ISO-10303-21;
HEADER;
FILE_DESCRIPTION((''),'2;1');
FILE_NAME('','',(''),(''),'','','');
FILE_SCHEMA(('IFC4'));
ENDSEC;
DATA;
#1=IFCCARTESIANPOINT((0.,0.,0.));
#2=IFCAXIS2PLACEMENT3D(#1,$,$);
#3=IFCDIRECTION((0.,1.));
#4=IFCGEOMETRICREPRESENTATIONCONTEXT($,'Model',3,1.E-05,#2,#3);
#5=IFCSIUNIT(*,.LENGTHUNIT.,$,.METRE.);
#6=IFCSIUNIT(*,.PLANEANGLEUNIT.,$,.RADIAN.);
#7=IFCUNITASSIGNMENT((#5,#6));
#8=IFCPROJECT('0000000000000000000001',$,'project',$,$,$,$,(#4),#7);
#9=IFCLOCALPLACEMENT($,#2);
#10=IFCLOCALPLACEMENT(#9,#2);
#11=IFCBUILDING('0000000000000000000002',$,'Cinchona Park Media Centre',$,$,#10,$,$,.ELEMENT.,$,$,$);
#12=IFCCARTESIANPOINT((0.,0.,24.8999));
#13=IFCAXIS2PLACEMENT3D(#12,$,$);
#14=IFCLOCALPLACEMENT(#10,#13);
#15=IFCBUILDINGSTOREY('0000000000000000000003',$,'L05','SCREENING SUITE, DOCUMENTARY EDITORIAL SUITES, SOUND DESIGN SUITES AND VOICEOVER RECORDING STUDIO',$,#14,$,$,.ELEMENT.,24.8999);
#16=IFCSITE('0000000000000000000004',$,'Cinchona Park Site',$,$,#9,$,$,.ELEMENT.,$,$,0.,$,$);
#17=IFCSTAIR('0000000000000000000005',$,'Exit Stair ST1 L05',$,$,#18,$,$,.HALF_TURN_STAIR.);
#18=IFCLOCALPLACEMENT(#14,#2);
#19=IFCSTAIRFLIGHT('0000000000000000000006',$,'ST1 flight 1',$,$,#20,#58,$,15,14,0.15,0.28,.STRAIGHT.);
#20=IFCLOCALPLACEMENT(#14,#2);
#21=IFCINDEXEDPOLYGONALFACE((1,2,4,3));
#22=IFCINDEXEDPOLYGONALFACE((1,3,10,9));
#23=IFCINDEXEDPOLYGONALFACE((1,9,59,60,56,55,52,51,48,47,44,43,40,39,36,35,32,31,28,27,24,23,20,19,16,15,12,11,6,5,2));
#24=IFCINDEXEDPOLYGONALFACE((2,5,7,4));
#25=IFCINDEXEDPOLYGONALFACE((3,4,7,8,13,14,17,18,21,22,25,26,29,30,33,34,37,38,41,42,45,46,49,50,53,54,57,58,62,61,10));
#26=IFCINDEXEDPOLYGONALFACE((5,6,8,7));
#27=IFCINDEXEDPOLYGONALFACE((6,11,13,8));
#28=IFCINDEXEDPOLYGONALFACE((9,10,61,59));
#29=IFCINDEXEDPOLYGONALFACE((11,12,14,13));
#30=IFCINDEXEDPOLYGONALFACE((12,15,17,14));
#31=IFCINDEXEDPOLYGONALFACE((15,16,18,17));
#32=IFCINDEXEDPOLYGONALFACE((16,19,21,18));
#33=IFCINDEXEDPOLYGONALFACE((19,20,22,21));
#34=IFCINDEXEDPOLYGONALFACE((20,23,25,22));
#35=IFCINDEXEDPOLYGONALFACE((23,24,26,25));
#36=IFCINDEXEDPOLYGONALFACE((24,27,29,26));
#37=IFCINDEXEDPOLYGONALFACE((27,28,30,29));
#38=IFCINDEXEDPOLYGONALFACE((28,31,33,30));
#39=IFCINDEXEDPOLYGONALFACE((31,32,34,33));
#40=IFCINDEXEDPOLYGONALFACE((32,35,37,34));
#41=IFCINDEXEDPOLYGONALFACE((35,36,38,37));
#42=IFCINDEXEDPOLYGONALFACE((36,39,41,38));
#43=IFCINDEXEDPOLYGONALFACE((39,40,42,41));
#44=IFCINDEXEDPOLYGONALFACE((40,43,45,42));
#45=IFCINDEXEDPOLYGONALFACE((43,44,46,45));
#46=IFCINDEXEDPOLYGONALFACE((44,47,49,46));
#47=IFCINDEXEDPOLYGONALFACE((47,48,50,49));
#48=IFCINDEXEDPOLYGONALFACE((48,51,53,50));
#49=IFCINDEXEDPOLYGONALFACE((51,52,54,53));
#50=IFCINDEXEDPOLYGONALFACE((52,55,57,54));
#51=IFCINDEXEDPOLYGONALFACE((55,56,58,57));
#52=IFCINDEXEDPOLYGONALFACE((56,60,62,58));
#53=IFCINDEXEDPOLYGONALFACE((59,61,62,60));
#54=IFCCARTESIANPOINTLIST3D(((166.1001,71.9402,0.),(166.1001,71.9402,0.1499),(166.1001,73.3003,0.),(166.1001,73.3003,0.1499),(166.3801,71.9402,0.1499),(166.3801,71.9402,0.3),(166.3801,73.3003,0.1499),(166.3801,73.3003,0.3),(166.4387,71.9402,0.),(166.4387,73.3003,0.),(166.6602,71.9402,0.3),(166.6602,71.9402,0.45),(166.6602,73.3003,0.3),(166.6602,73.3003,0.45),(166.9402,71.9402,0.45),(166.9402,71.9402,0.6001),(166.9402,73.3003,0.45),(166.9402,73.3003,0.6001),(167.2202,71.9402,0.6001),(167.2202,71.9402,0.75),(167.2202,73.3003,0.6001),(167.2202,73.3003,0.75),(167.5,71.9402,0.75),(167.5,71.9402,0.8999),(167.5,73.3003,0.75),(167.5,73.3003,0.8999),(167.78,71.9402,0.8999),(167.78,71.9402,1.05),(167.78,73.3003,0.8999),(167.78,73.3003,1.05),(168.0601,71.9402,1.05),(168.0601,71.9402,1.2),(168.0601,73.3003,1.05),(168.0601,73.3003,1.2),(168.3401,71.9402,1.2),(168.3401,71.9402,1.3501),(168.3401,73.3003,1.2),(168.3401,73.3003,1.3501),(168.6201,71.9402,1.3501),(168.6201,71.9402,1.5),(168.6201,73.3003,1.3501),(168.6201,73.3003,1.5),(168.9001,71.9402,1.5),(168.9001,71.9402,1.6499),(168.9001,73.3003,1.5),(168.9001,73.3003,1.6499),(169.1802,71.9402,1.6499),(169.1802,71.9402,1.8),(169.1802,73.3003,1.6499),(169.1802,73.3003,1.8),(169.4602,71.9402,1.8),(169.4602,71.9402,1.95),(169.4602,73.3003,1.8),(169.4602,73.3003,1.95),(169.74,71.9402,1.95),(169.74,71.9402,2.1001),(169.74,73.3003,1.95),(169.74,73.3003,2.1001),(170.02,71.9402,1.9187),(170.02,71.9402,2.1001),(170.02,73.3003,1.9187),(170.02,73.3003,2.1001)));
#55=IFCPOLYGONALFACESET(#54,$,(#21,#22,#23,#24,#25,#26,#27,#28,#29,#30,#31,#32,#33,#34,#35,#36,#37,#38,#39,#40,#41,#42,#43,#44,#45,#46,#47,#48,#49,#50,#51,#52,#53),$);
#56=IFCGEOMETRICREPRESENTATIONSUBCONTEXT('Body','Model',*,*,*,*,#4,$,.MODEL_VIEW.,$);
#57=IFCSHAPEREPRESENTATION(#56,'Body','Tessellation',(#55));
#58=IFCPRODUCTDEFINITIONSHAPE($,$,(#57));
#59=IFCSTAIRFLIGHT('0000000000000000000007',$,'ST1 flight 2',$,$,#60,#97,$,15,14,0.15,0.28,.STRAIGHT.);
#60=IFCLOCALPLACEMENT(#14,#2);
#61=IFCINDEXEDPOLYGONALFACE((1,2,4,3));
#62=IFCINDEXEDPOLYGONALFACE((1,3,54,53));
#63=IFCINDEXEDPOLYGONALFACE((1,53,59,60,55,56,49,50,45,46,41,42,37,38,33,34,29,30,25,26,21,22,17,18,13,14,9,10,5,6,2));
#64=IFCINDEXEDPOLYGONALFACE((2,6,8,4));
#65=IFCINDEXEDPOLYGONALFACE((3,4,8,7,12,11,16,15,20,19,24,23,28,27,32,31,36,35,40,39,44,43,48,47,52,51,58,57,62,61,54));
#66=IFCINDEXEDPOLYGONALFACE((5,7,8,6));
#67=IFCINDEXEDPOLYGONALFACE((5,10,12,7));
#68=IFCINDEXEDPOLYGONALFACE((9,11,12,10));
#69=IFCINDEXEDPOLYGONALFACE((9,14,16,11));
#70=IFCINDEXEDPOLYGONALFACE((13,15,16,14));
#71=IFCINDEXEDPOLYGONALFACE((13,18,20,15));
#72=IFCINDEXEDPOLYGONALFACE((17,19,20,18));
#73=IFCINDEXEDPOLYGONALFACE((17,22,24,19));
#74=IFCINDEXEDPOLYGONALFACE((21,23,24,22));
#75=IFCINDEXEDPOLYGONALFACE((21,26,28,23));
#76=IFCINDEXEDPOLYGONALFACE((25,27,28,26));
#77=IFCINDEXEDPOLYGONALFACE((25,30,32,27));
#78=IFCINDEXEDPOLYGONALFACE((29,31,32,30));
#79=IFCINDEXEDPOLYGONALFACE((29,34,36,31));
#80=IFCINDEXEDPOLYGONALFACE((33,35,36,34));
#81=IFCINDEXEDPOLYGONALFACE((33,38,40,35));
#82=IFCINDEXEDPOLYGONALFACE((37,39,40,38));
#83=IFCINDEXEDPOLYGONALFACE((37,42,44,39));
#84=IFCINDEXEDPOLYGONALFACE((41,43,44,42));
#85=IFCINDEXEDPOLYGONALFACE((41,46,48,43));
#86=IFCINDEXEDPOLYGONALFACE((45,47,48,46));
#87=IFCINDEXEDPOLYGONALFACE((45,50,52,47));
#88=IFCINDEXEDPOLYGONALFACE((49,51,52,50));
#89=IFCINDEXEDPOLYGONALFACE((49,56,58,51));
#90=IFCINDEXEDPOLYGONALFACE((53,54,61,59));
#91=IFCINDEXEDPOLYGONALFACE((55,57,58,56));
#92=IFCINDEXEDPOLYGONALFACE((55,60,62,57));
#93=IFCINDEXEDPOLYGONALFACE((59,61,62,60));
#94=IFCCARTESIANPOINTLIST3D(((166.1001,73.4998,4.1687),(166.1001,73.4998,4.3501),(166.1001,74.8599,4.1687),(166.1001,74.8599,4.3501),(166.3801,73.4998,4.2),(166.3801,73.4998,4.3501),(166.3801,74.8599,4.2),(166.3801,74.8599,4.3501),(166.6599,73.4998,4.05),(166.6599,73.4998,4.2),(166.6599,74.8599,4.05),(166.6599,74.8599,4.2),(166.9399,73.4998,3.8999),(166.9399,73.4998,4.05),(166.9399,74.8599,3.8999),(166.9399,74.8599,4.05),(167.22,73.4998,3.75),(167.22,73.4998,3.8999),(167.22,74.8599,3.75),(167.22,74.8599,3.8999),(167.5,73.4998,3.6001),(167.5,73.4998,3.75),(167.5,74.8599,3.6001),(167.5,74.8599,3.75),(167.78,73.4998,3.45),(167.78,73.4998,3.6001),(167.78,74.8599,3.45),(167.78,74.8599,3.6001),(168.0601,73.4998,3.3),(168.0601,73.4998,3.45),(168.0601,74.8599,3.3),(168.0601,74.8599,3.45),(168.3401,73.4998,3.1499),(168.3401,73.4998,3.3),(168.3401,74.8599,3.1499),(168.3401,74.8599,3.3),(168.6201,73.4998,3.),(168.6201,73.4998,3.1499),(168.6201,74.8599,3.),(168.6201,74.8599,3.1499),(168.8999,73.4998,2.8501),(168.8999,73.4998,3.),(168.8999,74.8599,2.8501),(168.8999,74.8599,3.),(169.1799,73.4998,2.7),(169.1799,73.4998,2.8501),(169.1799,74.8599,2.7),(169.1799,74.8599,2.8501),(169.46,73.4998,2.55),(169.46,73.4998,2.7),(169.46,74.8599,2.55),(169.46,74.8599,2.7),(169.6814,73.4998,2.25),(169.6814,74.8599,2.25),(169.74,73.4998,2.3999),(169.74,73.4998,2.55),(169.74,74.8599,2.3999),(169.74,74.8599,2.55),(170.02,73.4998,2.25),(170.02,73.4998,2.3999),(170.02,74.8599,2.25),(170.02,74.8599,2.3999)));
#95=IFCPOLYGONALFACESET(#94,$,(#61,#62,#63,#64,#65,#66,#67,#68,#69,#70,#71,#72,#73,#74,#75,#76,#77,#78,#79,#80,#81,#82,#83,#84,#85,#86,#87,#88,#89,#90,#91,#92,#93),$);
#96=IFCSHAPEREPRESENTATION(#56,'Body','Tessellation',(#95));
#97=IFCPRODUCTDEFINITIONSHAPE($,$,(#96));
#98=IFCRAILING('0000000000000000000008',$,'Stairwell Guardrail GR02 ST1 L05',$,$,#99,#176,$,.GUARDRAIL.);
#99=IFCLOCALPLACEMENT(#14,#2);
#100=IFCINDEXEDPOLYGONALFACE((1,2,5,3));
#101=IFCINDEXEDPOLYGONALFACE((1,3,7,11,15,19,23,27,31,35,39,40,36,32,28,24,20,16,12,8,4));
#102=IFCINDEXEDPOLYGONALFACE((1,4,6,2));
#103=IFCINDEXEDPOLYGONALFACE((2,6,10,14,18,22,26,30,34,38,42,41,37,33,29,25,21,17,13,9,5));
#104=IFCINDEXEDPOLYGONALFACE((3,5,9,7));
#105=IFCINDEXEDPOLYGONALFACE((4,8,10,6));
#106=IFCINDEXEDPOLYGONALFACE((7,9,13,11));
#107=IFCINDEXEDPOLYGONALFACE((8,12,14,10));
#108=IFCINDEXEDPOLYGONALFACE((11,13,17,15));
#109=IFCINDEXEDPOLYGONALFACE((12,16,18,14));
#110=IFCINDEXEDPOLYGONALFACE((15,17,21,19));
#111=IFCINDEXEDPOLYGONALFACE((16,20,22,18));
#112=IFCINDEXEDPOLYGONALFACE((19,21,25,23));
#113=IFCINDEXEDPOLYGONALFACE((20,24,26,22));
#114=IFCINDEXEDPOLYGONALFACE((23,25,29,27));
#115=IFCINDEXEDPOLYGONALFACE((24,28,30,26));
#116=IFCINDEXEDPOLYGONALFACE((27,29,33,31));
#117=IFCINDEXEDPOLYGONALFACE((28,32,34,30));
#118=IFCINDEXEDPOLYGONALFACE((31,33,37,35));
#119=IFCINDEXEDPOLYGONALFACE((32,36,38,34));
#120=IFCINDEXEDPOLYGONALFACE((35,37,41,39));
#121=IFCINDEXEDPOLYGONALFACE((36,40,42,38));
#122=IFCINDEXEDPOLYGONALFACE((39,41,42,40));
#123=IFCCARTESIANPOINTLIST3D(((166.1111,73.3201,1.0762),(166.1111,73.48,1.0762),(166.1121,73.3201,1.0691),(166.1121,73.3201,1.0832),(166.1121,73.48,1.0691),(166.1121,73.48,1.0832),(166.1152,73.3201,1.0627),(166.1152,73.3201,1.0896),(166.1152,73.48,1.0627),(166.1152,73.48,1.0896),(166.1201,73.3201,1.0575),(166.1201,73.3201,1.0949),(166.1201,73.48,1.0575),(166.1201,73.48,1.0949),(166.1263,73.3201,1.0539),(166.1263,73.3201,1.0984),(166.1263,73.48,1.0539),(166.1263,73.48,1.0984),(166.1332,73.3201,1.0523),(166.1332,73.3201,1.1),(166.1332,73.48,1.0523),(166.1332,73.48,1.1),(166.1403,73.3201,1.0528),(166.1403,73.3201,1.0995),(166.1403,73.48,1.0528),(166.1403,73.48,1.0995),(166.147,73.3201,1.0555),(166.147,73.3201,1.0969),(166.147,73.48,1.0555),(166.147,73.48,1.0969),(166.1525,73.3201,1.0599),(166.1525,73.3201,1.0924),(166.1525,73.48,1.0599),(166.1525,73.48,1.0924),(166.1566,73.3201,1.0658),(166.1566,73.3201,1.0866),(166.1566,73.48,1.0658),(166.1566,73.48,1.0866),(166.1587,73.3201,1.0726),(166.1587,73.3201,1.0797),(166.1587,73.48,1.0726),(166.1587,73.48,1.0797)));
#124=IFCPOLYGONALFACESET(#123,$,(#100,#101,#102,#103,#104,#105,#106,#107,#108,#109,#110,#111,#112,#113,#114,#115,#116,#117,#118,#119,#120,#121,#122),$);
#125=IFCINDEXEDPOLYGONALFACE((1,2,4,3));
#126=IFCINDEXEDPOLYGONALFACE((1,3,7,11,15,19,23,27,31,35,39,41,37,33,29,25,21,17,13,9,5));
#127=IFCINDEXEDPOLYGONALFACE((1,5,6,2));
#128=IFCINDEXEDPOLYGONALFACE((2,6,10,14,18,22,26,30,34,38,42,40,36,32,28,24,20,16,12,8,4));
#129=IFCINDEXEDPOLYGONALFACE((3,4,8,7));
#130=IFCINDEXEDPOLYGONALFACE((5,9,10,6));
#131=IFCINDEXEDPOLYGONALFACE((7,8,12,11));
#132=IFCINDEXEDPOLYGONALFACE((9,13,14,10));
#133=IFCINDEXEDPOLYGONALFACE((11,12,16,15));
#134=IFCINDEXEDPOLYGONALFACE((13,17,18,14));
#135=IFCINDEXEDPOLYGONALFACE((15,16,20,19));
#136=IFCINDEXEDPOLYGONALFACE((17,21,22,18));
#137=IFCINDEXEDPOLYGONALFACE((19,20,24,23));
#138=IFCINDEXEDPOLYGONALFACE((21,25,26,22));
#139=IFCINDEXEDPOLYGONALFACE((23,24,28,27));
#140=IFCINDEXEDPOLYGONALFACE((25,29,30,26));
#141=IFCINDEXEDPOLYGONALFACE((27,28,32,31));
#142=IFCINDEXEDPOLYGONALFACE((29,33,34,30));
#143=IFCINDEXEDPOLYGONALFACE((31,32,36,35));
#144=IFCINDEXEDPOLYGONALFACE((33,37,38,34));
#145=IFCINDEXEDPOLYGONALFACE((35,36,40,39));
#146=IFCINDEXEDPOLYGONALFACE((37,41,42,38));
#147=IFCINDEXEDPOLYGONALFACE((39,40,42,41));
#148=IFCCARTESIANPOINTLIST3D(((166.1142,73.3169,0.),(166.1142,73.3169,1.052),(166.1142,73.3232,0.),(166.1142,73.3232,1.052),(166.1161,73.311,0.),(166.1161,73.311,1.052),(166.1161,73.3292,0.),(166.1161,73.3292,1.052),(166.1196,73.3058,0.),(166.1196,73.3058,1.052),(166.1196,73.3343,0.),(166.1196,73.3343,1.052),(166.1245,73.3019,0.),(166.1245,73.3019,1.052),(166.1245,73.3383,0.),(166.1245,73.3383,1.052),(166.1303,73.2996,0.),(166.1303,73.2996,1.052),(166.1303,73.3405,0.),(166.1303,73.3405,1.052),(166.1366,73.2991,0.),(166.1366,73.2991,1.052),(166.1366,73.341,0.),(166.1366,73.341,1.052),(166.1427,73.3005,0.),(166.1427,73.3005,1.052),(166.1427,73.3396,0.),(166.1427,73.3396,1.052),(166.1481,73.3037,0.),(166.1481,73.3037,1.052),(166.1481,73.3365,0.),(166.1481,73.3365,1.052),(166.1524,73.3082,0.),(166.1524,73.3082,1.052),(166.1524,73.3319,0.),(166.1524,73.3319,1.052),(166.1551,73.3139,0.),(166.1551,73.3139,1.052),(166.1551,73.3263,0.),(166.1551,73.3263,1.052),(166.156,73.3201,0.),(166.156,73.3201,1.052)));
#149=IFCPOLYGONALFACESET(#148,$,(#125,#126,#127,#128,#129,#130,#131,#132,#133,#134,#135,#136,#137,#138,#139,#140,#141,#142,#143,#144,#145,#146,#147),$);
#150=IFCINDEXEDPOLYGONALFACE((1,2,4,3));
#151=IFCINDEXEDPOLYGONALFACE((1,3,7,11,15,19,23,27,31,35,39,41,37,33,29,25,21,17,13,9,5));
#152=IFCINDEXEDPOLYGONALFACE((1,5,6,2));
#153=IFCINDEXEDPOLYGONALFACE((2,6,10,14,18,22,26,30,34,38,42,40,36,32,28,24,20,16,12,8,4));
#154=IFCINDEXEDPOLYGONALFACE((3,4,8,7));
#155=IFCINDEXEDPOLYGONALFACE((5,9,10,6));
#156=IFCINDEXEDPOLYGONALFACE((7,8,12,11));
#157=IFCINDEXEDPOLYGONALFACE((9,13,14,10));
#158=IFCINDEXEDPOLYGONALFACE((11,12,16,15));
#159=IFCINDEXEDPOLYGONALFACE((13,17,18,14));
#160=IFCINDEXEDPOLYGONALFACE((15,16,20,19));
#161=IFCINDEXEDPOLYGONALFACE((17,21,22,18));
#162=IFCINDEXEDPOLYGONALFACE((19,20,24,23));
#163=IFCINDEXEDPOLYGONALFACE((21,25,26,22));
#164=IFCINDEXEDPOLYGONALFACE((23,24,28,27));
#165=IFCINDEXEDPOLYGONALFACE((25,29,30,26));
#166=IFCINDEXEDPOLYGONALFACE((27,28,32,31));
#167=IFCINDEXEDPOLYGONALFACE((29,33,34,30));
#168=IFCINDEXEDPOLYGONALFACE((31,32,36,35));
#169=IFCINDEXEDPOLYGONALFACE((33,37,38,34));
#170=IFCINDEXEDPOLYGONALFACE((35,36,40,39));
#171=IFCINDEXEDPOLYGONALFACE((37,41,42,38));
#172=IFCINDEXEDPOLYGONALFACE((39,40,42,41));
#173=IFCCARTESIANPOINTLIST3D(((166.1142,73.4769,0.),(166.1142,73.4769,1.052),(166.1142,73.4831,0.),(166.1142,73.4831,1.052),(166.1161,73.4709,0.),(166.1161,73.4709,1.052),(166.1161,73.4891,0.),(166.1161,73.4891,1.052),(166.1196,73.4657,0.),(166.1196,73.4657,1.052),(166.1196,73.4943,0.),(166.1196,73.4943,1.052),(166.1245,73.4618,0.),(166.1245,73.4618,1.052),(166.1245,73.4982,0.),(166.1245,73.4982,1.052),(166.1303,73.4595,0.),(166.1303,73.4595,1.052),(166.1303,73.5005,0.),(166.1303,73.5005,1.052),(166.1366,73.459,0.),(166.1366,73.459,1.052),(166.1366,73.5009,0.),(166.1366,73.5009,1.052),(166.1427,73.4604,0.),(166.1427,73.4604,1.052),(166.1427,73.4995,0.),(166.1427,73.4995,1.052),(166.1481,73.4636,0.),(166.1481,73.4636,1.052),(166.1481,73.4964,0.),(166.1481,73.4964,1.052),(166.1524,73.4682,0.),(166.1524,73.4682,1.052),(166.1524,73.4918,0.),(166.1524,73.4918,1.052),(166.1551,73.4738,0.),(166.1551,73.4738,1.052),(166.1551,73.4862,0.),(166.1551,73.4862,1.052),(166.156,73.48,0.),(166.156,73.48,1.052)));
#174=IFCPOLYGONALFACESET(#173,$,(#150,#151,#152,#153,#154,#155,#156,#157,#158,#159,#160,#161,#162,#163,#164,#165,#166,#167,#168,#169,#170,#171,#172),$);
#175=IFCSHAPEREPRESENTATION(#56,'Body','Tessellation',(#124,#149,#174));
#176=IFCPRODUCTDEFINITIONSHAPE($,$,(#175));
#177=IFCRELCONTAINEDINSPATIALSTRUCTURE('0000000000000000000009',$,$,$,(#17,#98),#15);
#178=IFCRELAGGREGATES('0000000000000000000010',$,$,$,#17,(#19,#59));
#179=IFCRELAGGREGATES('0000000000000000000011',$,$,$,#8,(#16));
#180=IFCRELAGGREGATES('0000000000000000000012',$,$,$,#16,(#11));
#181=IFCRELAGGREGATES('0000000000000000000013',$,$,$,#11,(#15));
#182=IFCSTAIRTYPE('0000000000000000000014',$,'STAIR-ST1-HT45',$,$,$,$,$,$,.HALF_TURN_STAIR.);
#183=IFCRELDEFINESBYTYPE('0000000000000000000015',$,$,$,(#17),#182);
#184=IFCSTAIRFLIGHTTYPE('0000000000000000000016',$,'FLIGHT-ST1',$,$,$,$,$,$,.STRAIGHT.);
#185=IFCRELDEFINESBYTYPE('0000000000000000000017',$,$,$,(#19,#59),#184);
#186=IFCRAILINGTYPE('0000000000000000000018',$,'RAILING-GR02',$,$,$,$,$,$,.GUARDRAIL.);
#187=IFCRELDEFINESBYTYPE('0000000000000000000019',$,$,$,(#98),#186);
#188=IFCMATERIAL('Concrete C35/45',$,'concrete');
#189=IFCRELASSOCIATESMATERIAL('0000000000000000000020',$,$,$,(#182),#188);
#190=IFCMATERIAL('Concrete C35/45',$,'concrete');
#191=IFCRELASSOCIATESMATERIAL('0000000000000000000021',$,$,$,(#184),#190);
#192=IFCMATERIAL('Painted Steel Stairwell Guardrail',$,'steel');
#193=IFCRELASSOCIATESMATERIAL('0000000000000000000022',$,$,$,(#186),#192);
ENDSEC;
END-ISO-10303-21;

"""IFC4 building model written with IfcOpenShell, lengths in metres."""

from ifc_helpers import new_model, si_unit, direction, frame, origin, origin_2d, place, context, subcontext, project, spatial, polyline, circle, outline, extrude, material, type_object, element, aggregate, save


model = new_model("IFC4")

# Units and contexts
model_context = context("Model", 3, precision=1e-05, world=origin(), true_north=direction((0.0, 1.0)))
body_context = subcontext(model_context, "Body", "Model", "MODEL_VIEW")
ifc_project = project(units=[si_unit("LENGTHUNIT", "METRE"), si_unit("PLANEANGLEUNIT", "RADIAN")], contexts=[model_context])

# Site, building, storey
site_placement = place(None, origin())
site = spatial("IfcSite", under=ifc_project, at=site_placement, Name="Cinchona Park Site", CompositionType="ELEMENT", RefElevation=0.0)
building_placement = place(site_placement, origin())
building = spatial("IfcBuilding", under=site, at=building_placement, Name="Cinchona Park Media Centre", CompositionType="ELEMENT")
storey_placement = place(building_placement, frame((0.0, 0.0, 24.8999)))
storey = spatial("IfcBuildingStorey", under=building, at=storey_placement, Name="L05", Description="SCREENING SUITE, DOCUMENTARY EDITORIAL SUITES, SOUND DESIGN SUITES AND VOICEOVER RECORDING STUDIO", CompositionType="ELEMENT", Elevation=24.8999)

# Stair, stair flights
ifc_material_1 = material(Name="Concrete C35/45", Category="concrete")
stair_type = type_object("IfcStairType", Name="STAIR-ST1-HT45", PredefinedType="HALF_TURN_STAIR", material=ifc_material_1)
stair_placement = place(storey_placement, origin())
stair = element("IfcStair", 1, at=stair_placement, inside=storey, type_object=stair_type, Name="Exit Stair ST1 L05", PredefinedType="HALF_TURN_STAIR")
ifc_material_2 = material(Name="Concrete C35/45", Category="concrete")
stair_flight_type = type_object("IfcStairFlightType", Name="FLIGHT-ST1", PredefinedType="STRAIGHT", material=ifc_material_2)
stair_flight_1_placement = place(storey_placement, frame((166.1001, 72.6201, 0.0), z_axis=(0.0, 0.0, 1.0), x_axis=(1.0, 0.0, 0.0)))
stair_flight_1 = element("IfcStairFlight", 2, at=stair_flight_1_placement, type_object=stair_flight_type, Name="ST1 flight 1", NumberOfRisers=15, NumberOfTreads=14, PredefinedType="STRAIGHT", RiserHeight=0.15, TreadLength=0.28, context=body_context, shape_type="SweptSolid", body=[
    extrude(outline(polyline([(0.0, 0.0), (0.0, 0.1499), (0.28, 0.1499), (0.28, 0.3), (0.5601, 0.3), (0.5601, 0.45), (0.8401, 0.45), (0.8401, 0.6001), (1.1201, 0.6001), (1.1201, 0.75), (1.3999, 0.75), (1.3999, 0.8999), (1.6799, 0.8999), (1.6799, 1.05), (1.96, 1.05), (1.96, 1.2), (2.24, 1.2), (2.24, 1.3501), (2.52, 1.3501), (2.52, 1.5), (2.8, 1.5), (2.8, 1.6499), (3.0801, 1.6499), (3.0801, 1.8), (3.3601, 1.8), (3.3601, 1.95), (3.6399, 1.95), (3.6399, 2.1001), (3.9199, 2.1001), (3.9199, 2.25), (3.9199, 1.9187), (0.3386, 0.0), (0.0, 0.0)])), frame((0.0, 0.6802, 0.0), z_axis=(0.0, -1.0, 0.0), x_axis=(1.0, 0.0, 0.0)), (0.0, 0.0, 1.0), 1.3601),
])
stair_flight_2_placement = place(storey_placement, frame((170.02, 74.1799, 2.25), z_axis=(0.0, 0.0, 1.0), x_axis=(-1.0, 0.0, 0.0)))
stair_flight_2 = element("IfcStairFlight", 3, at=stair_flight_2_placement, type_object=stair_flight_type, Name="ST1 flight 2", NumberOfRisers=15, NumberOfTreads=14, PredefinedType="STRAIGHT", RiserHeight=0.15, TreadLength=0.28, context=body_context, shape_type="SweptSolid", body=[
    extrude(outline(polyline([(0.0, 0.0), (0.0, 0.1499), (0.28, 0.1499), (0.28, 0.3), (0.5601, 0.3), (0.5601, 0.45), (0.8401, 0.45), (0.8401, 0.6001), (1.1201, 0.6001), (1.1201, 0.75), (1.3999, 0.75), (1.3999, 0.8999), (1.6799, 0.8999), (1.6799, 1.05), (1.96, 1.05), (1.96, 1.2), (2.24, 1.2), (2.24, 1.3501), (2.52, 1.3501), (2.52, 1.5), (2.8, 1.5), (2.8, 1.6499), (3.0801, 1.6499), (3.0801, 1.8), (3.3601, 1.8), (3.3601, 1.95), (3.6399, 1.95), (3.6399, 2.1001), (3.9199, 2.1001), (3.9199, 2.25), (3.9199, 1.9187), (0.3386, 0.0), (0.0, 0.0)])), frame((0.0, 0.6802, 0.0), z_axis=(0.0, -1.0, 0.0), x_axis=(1.0, 0.0, 0.0)), (0.0, 0.0, 1.0), 1.3601),
])
aggregate(stair, [stair_flight_1, stair_flight_2])

# Railing
ifc_material_3 = material(Name="Painted Steel Stairwell Guardrail", Category="steel")
railing_type_1 = type_object("IfcRailingType", Name="RAILING-GR02", PredefinedType="GUARDRAIL", material=ifc_material_3)
for number, where, name in (
    (4, (166.135, 73.3201, 0.0), "Stairwell Guardrail GR02 ST1 L05"),
):
    element("IfcRailing", number, at=place(storey_placement, frame(where)), inside=storey, type_object=railing_type_1, Name=name, PredefinedType="GUARDRAIL", context=body_context, shape_type="SweptSolid", body=[
        extrude(circle(Radius=0.0239, at=origin_2d()), frame((0.0, 0.0, 1.0762), z_axis=(0.0, 1.0, 0.0), x_axis=(-1.0, 0.0, 0.0)), (0.0, 0.0, 1.0), 0.1599),
        extrude(circle(Radius=0.021, at=origin_2d()), origin(), (0.0, 0.0, 1.0), 1.052),
        extrude(circle(Radius=0.021, at=origin_2d()), frame((0.0, 0.1599, 0.0)), (0.0, 0.0, 1.0), 1.052),
    ])

save(model, "model.ifc")
